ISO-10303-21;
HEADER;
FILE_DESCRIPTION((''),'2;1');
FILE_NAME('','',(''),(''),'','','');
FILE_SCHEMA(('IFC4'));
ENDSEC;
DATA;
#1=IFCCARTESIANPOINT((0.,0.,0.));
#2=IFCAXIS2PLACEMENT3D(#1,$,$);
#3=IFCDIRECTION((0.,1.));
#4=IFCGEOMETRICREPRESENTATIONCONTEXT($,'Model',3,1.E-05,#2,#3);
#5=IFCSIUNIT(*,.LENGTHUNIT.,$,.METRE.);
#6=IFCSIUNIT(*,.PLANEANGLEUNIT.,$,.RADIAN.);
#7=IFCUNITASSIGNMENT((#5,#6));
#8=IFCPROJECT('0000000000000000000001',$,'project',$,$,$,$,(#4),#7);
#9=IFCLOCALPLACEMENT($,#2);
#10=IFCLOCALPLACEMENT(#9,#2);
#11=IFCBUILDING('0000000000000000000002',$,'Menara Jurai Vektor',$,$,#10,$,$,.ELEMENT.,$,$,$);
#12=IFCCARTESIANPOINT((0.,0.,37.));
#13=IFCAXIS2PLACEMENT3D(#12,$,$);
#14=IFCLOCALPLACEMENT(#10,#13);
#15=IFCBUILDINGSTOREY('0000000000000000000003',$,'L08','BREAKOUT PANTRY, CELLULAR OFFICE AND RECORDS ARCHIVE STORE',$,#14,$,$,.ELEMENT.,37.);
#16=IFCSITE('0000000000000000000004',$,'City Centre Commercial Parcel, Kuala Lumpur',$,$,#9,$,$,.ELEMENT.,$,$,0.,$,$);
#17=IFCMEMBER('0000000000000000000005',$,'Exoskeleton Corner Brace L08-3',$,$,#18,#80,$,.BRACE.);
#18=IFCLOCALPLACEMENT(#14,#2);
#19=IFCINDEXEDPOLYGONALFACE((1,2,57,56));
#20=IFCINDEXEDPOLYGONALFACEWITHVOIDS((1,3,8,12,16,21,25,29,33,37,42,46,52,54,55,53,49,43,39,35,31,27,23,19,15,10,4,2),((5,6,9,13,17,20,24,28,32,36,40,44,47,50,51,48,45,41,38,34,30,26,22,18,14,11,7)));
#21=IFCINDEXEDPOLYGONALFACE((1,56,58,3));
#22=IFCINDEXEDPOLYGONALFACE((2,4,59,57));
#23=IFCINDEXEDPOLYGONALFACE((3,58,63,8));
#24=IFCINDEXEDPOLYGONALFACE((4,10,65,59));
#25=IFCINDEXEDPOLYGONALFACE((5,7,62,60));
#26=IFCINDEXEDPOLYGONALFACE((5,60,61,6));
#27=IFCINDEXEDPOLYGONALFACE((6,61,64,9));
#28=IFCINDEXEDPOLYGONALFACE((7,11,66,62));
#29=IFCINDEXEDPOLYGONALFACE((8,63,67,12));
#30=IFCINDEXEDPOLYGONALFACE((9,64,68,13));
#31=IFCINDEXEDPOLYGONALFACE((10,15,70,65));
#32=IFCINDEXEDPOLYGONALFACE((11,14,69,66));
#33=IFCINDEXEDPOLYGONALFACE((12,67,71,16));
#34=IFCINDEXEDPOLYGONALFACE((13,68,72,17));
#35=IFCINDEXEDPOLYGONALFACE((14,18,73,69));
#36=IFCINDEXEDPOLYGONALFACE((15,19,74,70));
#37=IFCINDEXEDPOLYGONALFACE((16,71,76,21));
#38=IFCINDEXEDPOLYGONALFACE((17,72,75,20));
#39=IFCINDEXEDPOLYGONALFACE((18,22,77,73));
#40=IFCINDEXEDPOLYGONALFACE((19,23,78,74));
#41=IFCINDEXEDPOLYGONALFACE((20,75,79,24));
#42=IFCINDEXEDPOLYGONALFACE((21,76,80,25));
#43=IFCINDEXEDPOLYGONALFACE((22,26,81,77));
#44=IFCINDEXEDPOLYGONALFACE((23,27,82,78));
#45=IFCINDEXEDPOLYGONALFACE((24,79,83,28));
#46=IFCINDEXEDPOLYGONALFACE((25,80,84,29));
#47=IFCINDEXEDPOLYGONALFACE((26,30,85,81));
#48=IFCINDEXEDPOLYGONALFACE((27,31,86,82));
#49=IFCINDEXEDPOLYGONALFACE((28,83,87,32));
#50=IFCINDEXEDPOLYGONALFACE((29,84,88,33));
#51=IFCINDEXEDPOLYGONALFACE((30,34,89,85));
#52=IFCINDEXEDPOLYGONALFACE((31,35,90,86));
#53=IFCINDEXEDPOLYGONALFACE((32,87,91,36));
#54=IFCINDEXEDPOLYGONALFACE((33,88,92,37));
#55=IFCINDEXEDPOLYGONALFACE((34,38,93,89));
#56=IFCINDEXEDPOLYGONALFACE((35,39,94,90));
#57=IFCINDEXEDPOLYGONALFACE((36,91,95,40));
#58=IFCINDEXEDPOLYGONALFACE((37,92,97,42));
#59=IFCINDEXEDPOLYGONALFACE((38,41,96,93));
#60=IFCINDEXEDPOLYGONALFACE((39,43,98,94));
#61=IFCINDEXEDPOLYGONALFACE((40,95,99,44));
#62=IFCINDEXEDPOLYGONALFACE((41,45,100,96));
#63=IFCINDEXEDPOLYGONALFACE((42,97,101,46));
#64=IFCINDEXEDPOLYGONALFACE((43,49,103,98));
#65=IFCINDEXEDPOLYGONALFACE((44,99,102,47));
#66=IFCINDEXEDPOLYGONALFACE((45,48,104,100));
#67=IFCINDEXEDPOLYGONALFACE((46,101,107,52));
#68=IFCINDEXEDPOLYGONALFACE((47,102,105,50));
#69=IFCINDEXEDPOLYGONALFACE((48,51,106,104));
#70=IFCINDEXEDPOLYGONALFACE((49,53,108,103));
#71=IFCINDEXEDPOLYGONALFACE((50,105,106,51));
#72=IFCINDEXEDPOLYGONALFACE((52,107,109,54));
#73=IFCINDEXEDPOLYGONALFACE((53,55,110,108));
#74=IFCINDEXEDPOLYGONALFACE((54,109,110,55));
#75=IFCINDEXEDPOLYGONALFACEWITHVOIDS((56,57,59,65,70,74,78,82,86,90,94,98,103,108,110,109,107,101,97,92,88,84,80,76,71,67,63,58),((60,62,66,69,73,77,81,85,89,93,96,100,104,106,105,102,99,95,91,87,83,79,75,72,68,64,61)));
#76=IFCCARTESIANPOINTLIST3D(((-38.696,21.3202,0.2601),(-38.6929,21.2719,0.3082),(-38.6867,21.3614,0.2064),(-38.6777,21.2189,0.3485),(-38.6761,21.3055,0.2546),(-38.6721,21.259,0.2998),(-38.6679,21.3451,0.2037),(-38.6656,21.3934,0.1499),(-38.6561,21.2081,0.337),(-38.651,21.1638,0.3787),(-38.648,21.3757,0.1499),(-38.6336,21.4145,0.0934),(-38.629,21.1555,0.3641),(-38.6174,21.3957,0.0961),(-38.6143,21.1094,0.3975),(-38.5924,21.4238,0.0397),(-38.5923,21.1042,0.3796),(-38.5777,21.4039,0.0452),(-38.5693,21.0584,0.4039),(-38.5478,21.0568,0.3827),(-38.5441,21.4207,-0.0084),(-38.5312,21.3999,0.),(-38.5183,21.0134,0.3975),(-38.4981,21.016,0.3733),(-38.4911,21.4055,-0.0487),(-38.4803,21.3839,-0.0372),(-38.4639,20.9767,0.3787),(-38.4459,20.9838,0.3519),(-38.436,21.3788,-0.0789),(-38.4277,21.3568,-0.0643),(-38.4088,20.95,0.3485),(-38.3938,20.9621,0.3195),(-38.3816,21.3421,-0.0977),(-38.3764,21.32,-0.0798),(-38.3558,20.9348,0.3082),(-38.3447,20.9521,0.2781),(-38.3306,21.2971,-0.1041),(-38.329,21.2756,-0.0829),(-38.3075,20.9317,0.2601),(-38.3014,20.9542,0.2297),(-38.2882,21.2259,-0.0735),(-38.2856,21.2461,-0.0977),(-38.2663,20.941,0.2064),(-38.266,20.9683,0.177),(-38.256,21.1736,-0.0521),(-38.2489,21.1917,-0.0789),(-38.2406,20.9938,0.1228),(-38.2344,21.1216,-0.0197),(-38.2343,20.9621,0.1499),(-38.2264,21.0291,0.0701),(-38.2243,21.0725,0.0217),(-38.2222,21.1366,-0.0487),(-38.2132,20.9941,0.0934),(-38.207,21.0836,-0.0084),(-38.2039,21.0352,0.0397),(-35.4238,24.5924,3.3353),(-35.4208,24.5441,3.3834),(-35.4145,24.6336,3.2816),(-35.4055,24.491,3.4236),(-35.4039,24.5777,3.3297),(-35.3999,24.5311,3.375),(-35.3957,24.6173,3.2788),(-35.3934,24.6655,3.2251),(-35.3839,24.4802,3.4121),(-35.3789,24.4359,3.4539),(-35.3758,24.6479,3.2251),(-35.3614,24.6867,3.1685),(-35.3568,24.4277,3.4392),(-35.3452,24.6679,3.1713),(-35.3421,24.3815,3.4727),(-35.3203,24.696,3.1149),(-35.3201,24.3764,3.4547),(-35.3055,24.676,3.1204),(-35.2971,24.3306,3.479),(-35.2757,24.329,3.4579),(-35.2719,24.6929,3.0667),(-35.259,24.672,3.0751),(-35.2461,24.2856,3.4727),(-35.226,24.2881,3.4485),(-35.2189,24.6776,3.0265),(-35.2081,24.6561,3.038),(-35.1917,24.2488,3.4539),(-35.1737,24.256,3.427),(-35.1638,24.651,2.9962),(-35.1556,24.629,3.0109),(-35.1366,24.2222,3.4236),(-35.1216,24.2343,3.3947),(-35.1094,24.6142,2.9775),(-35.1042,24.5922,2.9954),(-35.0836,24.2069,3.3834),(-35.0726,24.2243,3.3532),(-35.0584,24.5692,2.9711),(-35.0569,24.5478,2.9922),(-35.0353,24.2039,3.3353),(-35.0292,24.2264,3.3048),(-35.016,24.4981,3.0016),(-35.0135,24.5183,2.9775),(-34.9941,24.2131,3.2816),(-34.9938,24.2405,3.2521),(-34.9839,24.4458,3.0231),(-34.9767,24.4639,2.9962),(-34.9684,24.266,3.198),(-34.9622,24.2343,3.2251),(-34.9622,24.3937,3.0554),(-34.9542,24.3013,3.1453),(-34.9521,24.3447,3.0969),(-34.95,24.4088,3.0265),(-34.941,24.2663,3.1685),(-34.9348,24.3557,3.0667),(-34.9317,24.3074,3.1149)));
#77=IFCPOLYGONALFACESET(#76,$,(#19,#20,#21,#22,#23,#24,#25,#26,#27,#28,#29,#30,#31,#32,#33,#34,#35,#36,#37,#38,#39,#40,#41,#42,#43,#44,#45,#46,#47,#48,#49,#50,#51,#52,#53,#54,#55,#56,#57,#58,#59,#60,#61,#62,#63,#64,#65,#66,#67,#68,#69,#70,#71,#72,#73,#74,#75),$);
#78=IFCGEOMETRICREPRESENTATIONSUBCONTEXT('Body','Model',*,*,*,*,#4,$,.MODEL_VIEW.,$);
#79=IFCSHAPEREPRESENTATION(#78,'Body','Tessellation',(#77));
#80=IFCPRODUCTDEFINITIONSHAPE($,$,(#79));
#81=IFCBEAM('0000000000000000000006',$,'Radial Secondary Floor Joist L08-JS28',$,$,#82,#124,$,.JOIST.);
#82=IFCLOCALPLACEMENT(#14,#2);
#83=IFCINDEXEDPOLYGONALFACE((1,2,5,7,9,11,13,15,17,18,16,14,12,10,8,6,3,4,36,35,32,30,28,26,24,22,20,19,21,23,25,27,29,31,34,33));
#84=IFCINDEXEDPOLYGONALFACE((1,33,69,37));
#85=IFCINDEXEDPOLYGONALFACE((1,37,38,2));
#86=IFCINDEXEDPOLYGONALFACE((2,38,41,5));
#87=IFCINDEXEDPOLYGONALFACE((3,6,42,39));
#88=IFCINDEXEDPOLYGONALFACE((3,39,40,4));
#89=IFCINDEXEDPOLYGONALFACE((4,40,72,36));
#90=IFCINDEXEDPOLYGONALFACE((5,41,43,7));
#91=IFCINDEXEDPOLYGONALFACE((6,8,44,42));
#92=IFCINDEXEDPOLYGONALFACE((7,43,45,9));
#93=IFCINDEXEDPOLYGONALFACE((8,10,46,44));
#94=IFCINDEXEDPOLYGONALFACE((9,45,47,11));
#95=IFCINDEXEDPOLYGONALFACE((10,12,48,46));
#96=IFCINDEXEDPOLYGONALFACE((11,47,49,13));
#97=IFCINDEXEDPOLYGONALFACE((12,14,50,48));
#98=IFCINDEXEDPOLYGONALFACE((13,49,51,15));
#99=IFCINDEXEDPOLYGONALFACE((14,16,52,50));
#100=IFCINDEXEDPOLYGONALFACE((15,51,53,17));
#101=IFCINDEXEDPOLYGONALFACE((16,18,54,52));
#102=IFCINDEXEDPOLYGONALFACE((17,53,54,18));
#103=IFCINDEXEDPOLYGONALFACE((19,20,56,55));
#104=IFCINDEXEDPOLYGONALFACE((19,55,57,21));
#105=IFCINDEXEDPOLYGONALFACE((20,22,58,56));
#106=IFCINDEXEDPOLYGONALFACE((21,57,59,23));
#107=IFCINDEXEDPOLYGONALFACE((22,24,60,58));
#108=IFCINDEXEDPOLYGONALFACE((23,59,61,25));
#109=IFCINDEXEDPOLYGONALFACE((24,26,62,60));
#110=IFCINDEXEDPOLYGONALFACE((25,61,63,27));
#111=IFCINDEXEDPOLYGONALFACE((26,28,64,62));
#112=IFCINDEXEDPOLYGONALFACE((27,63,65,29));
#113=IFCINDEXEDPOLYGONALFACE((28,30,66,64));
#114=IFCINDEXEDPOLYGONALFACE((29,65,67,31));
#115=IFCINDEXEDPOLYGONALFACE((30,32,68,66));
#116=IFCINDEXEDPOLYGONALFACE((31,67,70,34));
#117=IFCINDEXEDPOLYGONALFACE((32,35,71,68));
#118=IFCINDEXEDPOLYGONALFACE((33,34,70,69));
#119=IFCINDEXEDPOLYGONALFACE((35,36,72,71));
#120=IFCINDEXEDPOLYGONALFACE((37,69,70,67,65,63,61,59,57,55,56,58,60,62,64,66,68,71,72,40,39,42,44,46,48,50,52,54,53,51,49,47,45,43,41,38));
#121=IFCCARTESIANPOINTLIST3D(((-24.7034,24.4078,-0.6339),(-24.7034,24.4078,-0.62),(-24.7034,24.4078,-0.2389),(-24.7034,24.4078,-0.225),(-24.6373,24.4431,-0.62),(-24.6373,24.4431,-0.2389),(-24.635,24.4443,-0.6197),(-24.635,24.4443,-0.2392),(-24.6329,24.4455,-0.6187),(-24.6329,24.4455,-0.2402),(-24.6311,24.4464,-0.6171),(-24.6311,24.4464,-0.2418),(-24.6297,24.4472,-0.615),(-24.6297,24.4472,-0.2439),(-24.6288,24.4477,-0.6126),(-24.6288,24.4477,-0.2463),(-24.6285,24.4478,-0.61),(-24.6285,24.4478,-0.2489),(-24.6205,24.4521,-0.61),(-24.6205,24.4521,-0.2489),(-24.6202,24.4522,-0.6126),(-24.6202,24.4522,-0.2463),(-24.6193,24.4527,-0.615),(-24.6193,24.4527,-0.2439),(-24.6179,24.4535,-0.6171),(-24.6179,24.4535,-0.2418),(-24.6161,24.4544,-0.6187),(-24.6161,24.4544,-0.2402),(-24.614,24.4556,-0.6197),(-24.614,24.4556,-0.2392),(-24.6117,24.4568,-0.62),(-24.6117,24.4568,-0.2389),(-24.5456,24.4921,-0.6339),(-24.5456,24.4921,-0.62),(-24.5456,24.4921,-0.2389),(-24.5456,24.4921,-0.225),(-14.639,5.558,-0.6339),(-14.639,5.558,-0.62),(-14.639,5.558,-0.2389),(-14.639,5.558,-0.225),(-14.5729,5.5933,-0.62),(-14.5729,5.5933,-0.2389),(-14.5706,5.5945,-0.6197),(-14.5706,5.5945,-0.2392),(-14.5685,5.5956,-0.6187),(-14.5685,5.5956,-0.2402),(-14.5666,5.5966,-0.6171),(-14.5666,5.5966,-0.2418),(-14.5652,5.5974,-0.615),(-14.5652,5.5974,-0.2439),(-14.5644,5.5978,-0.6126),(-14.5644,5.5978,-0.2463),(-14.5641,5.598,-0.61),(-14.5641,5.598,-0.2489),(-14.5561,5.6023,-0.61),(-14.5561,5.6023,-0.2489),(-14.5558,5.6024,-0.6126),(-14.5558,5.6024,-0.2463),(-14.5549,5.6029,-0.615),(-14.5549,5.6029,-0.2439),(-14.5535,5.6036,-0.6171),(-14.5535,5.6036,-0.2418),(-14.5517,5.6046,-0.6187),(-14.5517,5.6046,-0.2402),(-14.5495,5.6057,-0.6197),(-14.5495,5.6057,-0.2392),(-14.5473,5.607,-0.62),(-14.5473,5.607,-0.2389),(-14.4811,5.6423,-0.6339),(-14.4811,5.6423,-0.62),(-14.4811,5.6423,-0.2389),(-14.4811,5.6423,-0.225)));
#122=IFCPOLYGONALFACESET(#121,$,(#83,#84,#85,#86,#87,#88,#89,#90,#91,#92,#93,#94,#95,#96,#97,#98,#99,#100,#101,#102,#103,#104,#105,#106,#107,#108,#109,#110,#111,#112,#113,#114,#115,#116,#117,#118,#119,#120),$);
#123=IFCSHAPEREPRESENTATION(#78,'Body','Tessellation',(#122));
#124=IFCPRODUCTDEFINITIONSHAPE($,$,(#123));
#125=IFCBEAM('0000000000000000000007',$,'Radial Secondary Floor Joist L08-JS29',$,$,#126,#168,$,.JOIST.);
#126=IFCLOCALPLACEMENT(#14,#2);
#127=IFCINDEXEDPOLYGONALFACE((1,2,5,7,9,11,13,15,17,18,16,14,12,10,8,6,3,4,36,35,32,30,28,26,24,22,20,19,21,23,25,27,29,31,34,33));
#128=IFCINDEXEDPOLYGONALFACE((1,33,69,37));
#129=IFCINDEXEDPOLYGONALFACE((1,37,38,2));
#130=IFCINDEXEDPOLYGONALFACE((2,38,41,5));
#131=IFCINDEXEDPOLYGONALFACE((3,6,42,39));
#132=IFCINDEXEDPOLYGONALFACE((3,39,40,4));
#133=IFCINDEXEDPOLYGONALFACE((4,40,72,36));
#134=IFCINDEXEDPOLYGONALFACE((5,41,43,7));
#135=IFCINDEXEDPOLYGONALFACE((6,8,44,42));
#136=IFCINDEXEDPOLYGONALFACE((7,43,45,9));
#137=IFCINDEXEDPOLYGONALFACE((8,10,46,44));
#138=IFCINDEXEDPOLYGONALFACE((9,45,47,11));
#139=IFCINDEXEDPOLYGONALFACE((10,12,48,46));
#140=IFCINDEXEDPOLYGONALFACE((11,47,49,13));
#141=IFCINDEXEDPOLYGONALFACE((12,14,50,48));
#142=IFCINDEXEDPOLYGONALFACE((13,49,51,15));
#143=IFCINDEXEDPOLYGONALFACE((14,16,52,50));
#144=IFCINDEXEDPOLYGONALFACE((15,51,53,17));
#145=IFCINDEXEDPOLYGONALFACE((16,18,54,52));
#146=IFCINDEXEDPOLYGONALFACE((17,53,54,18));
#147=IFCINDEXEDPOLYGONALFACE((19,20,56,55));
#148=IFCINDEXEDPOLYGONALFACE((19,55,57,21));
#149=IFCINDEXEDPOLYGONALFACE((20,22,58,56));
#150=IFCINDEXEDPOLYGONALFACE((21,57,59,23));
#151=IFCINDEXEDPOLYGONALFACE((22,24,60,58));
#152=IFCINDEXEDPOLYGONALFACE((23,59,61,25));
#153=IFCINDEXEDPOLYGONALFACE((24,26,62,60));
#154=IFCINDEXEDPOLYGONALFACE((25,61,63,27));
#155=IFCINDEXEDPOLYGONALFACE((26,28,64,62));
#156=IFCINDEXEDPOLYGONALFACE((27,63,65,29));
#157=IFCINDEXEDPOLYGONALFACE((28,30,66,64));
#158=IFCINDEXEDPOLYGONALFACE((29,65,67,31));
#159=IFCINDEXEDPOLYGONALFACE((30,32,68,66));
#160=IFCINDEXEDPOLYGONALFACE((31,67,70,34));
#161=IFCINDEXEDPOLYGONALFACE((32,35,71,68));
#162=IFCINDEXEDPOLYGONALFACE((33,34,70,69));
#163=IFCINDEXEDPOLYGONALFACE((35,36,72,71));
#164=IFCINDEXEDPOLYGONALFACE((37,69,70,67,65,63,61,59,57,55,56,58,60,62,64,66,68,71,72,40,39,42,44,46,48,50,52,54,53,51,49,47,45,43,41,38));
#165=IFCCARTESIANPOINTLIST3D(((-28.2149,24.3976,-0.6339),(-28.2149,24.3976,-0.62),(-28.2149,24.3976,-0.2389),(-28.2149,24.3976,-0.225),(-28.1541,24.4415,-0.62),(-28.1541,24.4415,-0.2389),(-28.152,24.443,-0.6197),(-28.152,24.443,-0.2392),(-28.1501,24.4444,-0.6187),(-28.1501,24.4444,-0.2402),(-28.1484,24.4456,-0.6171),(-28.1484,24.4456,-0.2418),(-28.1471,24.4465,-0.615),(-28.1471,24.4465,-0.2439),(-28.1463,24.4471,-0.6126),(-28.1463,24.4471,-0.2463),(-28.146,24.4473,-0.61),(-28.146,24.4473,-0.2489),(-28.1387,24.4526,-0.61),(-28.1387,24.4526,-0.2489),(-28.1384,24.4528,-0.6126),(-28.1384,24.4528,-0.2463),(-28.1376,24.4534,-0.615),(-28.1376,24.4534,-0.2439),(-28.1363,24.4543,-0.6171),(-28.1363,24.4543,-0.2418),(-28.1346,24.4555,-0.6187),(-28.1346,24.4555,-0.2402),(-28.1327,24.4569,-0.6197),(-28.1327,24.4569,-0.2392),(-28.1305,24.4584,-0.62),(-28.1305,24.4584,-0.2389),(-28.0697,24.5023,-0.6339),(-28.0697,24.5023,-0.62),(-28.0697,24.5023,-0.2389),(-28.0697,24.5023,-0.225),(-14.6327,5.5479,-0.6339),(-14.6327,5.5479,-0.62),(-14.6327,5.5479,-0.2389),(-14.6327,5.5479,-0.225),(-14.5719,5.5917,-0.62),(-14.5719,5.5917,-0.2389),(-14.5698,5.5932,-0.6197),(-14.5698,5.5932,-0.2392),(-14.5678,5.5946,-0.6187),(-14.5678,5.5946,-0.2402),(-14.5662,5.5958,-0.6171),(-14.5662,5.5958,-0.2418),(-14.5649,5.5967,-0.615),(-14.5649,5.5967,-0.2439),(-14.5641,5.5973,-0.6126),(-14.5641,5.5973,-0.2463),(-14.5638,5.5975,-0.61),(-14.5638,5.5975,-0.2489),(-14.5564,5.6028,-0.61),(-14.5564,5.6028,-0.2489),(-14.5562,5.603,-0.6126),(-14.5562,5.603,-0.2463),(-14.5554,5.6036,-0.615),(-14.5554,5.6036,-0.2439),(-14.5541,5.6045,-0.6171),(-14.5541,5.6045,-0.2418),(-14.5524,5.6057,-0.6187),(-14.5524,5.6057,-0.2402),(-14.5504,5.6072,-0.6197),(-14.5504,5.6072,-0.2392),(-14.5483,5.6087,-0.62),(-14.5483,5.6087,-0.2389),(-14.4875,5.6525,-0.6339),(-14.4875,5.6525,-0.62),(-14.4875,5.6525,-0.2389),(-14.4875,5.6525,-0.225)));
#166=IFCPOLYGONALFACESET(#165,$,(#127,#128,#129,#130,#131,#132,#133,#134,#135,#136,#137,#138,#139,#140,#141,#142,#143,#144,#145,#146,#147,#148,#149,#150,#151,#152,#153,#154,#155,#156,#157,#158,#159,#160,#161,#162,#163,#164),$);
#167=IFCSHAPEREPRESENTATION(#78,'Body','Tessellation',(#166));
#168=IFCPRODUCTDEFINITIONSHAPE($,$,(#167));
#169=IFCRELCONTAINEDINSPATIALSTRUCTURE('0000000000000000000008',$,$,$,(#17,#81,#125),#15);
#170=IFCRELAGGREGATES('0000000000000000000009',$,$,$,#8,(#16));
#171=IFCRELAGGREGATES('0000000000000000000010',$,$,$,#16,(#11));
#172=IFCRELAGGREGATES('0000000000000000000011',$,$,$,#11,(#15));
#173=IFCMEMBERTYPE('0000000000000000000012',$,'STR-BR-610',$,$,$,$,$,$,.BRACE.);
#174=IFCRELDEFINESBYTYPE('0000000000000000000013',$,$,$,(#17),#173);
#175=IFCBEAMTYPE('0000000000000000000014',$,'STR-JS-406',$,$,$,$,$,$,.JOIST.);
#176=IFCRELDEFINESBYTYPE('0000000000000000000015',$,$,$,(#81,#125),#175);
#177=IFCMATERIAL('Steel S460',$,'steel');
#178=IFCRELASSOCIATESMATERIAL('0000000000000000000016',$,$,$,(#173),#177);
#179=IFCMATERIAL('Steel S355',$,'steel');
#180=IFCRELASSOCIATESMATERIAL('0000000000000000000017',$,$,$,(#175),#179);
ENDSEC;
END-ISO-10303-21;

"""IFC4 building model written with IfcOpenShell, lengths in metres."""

from ifc_helpers import new_model, si_unit, direction, frame, origin, origin_2d, place, context, subcontext, project, spatial, hollow_circle, i_section, extrude, material, material_profile, profile_set, type_object, element, save


model = new_model("IFC4")

# Units and contexts
model_context = context("Model", 3, precision=1e-05, world=origin(), true_north=direction((0.0, 1.0)))
body_context = subcontext(model_context, "Body", "Model", "MODEL_VIEW")
ifc_project = project(units=[si_unit("LENGTHUNIT", "METRE"), si_unit("PLANEANGLEUNIT", "RADIAN")], contexts=[model_context])

# Site, building, storey
site_placement = place(None, origin())
site = spatial("IfcSite", under=ifc_project, at=site_placement, Name="City Centre Commercial Parcel, Kuala Lumpur", CompositionType="ELEMENT", RefElevation=0.0)
building_placement = place(site_placement, origin())
building = spatial("IfcBuilding", under=site, at=building_placement, Name="Menara Jurai Vektor", CompositionType="ELEMENT")
storey_placement = place(building_placement, frame((0.0, 0.0, 37.0)))
storey = spatial("IfcBuildingStorey", under=building, at=storey_placement, Name="L08", Description="BREAKOUT PANTRY, CELLULAR OFFICE AND RECORDS ARCHIVE STORE", CompositionType="ELEMENT", Elevation=37.0)

# Shared definitions
ifc_material_1 = material(Name="Steel S460", Category="steel")

# Shared definitions
ifc_material_2 = material(Name="Steel S355", Category="steel")

# Member
ifc_material_profile_1 = material_profile(ifc_material_1, hollow_circle(Radius=0.3049, WallThickness=0.0249, at=origin_2d()), Name="CHS 610x25")
ifc_profile_set_1 = profile_set([ifc_material_profile_1], Name="Steel S460")
member_type_1 = type_object("IfcMemberType", Name="STR-BR-610", PredefinedType="BRACE", material=ifc_profile_set_1)
member_1_placement = place(storey_placement, frame((-38.45, 21.1777, 0.1499), z_axis=(0.588928, 0.588928, 0.553469), x_axis=(-0.707107, 0.707107, 0.0)))
element("IfcMember", 1, at=member_1_placement, inside=storey, type_object=member_type_1, Name="Exoskeleton Corner Brace L08-3", PredefinedType="BRACE", context=body_context, shape_type="SweptSolid", body=[
    extrude(hollow_circle(Radius=0.3049, WallThickness=0.0249, at=origin_2d()), origin(), (0.0, 0.0, 1.0), 5.5562),
])

# Beams
ifc_material_profile_2 = material_profile(ifc_material_2, i_section(OverallWidth=0.179, OverallDepth=0.4089, WebThickness=0.009, FlangeThickness=0.0139, FilletRadius=0.01, at=origin_2d()), Name="UKB 406x178x67")
ifc_profile_set_2 = profile_set([ifc_material_profile_2], Name="Steel S355")
beam_type_1 = type_object("IfcBeamType", Name="STR-JS-406", PredefinedType="JOIST", material=ifc_profile_set_2)
beam_1_placement = place(storey_placement, frame((-24.6245, 24.45, -0.4294), z_axis=(0.470996, -0.882135, 0.0), x_axis=(0.882135, 0.470996, 0.0)))
element("IfcBeam", 2, at=beam_1_placement, inside=storey, type_object=beam_type_1, Name="Radial Secondary Floor Joist L08-JS28", PredefinedType="JOIST", context=body_context, shape_type="SweptSolid", body=[
    extrude(i_section(OverallWidth=0.179, OverallDepth=0.4089, WebThickness=0.009, FlangeThickness=0.0139, FilletRadius=0.01, at=origin_2d()), origin(), (0.0, 0.0, 1.0), 21.3684),
])
beam_2_placement = place(storey_placement, frame((-28.1423, 24.45, -0.4294), z_axis=(0.584599, -0.811322, 0.0), x_axis=(0.811322, 0.584599, 0.0)))
element("IfcBeam", 3, at=beam_2_placement, inside=storey, type_object=beam_type_1, Name="Radial Secondary Floor Joist L08-JS29", PredefinedType="JOIST", context=body_context, shape_type="SweptSolid", body=[
    extrude(i_section(OverallWidth=0.179, OverallDepth=0.4089, WebThickness=0.009, FlangeThickness=0.0139, FilletRadius=0.01, at=origin_2d()), origin(), (0.0, 0.0, 1.0), 23.2334),
])

save(model, "model.ifc")
